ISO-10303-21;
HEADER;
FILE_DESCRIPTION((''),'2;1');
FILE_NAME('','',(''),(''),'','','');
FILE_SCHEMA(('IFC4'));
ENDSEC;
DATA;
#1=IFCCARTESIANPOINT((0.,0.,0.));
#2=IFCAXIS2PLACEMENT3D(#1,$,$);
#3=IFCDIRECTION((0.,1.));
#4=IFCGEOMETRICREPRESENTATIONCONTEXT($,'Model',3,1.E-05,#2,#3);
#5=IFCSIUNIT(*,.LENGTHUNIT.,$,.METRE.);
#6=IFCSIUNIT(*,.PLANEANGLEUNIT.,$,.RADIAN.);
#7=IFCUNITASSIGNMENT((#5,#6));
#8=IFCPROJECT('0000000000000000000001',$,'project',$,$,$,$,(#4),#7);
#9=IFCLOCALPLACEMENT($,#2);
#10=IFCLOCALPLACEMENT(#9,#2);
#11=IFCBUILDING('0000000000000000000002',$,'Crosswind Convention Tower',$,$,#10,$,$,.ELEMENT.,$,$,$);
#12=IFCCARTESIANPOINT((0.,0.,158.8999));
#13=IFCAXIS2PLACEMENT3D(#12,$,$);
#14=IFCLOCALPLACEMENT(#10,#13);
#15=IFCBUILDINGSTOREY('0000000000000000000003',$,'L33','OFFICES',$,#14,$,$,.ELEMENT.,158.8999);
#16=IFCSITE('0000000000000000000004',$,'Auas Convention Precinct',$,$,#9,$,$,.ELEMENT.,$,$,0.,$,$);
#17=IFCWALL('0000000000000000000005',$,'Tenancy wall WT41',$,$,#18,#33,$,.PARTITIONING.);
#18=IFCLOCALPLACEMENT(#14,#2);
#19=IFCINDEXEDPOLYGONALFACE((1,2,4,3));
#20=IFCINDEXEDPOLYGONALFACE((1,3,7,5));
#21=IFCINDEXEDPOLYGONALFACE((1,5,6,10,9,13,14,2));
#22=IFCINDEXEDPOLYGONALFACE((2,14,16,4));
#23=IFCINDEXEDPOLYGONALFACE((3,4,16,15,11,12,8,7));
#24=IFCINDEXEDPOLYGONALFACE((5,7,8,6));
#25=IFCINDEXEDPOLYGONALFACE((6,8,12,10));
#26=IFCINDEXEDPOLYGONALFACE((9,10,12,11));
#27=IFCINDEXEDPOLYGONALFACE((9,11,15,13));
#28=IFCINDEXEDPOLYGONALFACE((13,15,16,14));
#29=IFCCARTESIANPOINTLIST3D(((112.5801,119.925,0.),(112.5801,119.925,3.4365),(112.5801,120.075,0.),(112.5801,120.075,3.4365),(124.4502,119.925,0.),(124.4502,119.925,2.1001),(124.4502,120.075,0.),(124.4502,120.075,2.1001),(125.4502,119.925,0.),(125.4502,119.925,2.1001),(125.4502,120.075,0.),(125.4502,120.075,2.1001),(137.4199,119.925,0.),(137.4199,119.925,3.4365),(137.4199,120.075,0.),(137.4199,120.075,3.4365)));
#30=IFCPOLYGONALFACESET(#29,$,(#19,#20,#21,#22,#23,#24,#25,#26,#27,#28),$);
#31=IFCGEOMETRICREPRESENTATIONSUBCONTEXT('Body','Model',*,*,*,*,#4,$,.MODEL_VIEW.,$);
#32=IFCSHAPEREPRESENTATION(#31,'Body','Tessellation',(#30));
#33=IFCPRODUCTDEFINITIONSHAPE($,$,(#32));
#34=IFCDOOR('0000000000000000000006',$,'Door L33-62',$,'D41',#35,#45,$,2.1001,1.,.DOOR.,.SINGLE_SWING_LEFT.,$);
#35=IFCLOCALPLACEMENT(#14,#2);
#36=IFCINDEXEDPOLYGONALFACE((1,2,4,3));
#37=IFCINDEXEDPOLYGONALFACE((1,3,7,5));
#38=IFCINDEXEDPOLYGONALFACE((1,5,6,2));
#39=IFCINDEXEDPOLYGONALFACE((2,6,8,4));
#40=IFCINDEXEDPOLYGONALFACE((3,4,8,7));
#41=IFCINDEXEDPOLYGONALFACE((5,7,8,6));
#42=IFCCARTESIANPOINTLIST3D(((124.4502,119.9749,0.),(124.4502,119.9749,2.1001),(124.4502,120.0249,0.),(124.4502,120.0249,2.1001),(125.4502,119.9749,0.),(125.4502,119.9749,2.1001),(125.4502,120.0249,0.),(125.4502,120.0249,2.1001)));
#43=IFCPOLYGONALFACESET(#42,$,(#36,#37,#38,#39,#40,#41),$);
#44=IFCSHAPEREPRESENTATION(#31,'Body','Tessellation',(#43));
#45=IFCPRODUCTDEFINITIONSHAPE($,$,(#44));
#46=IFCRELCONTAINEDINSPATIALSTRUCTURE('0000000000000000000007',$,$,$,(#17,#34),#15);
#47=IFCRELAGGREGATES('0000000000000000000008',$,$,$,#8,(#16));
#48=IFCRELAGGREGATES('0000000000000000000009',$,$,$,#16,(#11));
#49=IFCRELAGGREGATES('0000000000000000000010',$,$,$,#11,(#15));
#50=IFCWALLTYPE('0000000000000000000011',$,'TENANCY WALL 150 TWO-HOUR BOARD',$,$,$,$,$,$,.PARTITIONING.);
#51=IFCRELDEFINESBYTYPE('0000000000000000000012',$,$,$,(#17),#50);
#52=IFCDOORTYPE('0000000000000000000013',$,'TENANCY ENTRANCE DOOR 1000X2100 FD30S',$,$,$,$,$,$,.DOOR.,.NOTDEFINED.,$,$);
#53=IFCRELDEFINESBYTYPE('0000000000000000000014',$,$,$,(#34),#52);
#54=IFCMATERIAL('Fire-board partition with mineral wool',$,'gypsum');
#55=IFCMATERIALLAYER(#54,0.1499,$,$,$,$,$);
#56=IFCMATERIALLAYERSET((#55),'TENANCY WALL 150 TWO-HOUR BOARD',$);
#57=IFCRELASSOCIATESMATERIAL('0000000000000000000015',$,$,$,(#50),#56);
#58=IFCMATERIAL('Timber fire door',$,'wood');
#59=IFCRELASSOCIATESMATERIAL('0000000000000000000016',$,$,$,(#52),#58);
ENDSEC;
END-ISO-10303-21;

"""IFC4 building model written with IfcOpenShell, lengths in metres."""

from ifc_helpers import new_model, si_unit, direction, frame, frame_2d, origin, place, context, subcontext, project, spatial, rectangle, extrude, material, layer, layer_set, type_object, element, fill, save


model = new_model("IFC4")

# Units and contexts
model_context = context("Model", 3, precision=1e-05, world=origin(), true_north=direction((0.0, 1.0)))
body_context = subcontext(model_context, "Body", "Model", "MODEL_VIEW")
ifc_project = project(units=[si_unit("LENGTHUNIT", "METRE"), si_unit("PLANEANGLEUNIT", "RADIAN")], contexts=[model_context])

# Site, building, storey
site_placement = place(None, origin())
site = spatial("IfcSite", under=ifc_project, at=site_placement, Name="Auas Convention Precinct", CompositionType="ELEMENT", RefElevation=0.0)
building_placement = place(site_placement, origin())
building = spatial("IfcBuilding", under=site, at=building_placement, Name="Crosswind Convention Tower", CompositionType="ELEMENT")
storey_placement = place(building_placement, frame((0.0, 0.0, 158.8999)))
storey = spatial("IfcBuildingStorey", under=building, at=storey_placement, Name="L33", Description="OFFICES", CompositionType="ELEMENT", Elevation=158.8999)

# Wall, opening, door
ifc_material_1 = material(Name="Fire-board partition with mineral wool", Category="gypsum")
ifc_layer_1 = layer(ifc_material_1, 0.1499)
ifc_layer_set_1 = layer_set([ifc_layer_1], Name="TENANCY WALL 150 TWO-HOUR BOARD")
wall_type_1 = type_object("IfcWallType", Name="TENANCY WALL 150 TWO-HOUR BOARD", PredefinedType="PARTITIONING", material=ifc_layer_set_1)
wall_1_placement = place(storey_placement, frame((112.5801, 120.0, 0.0), z_axis=(0.0, 0.0, 1.0), x_axis=(1.0, 0.0, 0.0)))
wall_1 = element("IfcWall", 1, at=wall_1_placement, inside=storey, type_object=wall_type_1, Name="Tenancy wall WT41", PredefinedType="PARTITIONING", context=body_context, shape_type="SweptSolid", body=[
    extrude(rectangle(XDim=24.8398, YDim=0.1499, at=frame_2d((12.4199, 0.0))), origin(), (0.0, 0.0, 1.0), 3.4365),
])
opening_1_placement = place(wall_1_placement, frame((11.8701, 0.0, 0.0)))
opening_1 = element("IfcOpeningElement", 2, at=opening_1_placement, cuts=wall_1, PredefinedType="OPENING", context=body_context, shape_type="SweptSolid", body=[
    extrude(rectangle(XDim=1.0, YDim=2.1001, at=frame_2d((0.5, 1.05))), frame((0.0, 0.085, 0.0), z_axis=(0.0, -1.0, 0.0), x_axis=(1.0, 0.0, 0.0)), (0.0, 0.0, 1.0), 0.1699),
])
ifc_material_2 = material(Name="Timber fire door", Category="wood")
door_type_1 = type_object("IfcDoorType", Name="TENANCY ENTRANCE DOOR 1000X2100 FD30S", OperationType="NOTDEFINED", PredefinedType="DOOR", material=ifc_material_2)
door_1_placement = place(opening_1_placement, origin())
door_1 = element("IfcDoor", 3, at=door_1_placement, inside=storey, type_object=door_type_1, Name="Door L33-62", ObjectType="D41", OperationType="SINGLE_SWING_LEFT", OverallHeight=2.1001, OverallWidth=1.0, PredefinedType="DOOR", context=body_context, shape_type="SweptSolid", body=[
    extrude(rectangle(XDim=1.0, YDim=2.1001, at=frame_2d((0.5, 1.05))), frame((0.0, 0.0249, 0.0), z_axis=(0.0, -1.0, 0.0), x_axis=(1.0, 0.0, 0.0)), (0.0, 0.0, 1.0), 0.05),
])
fill(opening_1, door_1)

save(model, "model.ifc")
